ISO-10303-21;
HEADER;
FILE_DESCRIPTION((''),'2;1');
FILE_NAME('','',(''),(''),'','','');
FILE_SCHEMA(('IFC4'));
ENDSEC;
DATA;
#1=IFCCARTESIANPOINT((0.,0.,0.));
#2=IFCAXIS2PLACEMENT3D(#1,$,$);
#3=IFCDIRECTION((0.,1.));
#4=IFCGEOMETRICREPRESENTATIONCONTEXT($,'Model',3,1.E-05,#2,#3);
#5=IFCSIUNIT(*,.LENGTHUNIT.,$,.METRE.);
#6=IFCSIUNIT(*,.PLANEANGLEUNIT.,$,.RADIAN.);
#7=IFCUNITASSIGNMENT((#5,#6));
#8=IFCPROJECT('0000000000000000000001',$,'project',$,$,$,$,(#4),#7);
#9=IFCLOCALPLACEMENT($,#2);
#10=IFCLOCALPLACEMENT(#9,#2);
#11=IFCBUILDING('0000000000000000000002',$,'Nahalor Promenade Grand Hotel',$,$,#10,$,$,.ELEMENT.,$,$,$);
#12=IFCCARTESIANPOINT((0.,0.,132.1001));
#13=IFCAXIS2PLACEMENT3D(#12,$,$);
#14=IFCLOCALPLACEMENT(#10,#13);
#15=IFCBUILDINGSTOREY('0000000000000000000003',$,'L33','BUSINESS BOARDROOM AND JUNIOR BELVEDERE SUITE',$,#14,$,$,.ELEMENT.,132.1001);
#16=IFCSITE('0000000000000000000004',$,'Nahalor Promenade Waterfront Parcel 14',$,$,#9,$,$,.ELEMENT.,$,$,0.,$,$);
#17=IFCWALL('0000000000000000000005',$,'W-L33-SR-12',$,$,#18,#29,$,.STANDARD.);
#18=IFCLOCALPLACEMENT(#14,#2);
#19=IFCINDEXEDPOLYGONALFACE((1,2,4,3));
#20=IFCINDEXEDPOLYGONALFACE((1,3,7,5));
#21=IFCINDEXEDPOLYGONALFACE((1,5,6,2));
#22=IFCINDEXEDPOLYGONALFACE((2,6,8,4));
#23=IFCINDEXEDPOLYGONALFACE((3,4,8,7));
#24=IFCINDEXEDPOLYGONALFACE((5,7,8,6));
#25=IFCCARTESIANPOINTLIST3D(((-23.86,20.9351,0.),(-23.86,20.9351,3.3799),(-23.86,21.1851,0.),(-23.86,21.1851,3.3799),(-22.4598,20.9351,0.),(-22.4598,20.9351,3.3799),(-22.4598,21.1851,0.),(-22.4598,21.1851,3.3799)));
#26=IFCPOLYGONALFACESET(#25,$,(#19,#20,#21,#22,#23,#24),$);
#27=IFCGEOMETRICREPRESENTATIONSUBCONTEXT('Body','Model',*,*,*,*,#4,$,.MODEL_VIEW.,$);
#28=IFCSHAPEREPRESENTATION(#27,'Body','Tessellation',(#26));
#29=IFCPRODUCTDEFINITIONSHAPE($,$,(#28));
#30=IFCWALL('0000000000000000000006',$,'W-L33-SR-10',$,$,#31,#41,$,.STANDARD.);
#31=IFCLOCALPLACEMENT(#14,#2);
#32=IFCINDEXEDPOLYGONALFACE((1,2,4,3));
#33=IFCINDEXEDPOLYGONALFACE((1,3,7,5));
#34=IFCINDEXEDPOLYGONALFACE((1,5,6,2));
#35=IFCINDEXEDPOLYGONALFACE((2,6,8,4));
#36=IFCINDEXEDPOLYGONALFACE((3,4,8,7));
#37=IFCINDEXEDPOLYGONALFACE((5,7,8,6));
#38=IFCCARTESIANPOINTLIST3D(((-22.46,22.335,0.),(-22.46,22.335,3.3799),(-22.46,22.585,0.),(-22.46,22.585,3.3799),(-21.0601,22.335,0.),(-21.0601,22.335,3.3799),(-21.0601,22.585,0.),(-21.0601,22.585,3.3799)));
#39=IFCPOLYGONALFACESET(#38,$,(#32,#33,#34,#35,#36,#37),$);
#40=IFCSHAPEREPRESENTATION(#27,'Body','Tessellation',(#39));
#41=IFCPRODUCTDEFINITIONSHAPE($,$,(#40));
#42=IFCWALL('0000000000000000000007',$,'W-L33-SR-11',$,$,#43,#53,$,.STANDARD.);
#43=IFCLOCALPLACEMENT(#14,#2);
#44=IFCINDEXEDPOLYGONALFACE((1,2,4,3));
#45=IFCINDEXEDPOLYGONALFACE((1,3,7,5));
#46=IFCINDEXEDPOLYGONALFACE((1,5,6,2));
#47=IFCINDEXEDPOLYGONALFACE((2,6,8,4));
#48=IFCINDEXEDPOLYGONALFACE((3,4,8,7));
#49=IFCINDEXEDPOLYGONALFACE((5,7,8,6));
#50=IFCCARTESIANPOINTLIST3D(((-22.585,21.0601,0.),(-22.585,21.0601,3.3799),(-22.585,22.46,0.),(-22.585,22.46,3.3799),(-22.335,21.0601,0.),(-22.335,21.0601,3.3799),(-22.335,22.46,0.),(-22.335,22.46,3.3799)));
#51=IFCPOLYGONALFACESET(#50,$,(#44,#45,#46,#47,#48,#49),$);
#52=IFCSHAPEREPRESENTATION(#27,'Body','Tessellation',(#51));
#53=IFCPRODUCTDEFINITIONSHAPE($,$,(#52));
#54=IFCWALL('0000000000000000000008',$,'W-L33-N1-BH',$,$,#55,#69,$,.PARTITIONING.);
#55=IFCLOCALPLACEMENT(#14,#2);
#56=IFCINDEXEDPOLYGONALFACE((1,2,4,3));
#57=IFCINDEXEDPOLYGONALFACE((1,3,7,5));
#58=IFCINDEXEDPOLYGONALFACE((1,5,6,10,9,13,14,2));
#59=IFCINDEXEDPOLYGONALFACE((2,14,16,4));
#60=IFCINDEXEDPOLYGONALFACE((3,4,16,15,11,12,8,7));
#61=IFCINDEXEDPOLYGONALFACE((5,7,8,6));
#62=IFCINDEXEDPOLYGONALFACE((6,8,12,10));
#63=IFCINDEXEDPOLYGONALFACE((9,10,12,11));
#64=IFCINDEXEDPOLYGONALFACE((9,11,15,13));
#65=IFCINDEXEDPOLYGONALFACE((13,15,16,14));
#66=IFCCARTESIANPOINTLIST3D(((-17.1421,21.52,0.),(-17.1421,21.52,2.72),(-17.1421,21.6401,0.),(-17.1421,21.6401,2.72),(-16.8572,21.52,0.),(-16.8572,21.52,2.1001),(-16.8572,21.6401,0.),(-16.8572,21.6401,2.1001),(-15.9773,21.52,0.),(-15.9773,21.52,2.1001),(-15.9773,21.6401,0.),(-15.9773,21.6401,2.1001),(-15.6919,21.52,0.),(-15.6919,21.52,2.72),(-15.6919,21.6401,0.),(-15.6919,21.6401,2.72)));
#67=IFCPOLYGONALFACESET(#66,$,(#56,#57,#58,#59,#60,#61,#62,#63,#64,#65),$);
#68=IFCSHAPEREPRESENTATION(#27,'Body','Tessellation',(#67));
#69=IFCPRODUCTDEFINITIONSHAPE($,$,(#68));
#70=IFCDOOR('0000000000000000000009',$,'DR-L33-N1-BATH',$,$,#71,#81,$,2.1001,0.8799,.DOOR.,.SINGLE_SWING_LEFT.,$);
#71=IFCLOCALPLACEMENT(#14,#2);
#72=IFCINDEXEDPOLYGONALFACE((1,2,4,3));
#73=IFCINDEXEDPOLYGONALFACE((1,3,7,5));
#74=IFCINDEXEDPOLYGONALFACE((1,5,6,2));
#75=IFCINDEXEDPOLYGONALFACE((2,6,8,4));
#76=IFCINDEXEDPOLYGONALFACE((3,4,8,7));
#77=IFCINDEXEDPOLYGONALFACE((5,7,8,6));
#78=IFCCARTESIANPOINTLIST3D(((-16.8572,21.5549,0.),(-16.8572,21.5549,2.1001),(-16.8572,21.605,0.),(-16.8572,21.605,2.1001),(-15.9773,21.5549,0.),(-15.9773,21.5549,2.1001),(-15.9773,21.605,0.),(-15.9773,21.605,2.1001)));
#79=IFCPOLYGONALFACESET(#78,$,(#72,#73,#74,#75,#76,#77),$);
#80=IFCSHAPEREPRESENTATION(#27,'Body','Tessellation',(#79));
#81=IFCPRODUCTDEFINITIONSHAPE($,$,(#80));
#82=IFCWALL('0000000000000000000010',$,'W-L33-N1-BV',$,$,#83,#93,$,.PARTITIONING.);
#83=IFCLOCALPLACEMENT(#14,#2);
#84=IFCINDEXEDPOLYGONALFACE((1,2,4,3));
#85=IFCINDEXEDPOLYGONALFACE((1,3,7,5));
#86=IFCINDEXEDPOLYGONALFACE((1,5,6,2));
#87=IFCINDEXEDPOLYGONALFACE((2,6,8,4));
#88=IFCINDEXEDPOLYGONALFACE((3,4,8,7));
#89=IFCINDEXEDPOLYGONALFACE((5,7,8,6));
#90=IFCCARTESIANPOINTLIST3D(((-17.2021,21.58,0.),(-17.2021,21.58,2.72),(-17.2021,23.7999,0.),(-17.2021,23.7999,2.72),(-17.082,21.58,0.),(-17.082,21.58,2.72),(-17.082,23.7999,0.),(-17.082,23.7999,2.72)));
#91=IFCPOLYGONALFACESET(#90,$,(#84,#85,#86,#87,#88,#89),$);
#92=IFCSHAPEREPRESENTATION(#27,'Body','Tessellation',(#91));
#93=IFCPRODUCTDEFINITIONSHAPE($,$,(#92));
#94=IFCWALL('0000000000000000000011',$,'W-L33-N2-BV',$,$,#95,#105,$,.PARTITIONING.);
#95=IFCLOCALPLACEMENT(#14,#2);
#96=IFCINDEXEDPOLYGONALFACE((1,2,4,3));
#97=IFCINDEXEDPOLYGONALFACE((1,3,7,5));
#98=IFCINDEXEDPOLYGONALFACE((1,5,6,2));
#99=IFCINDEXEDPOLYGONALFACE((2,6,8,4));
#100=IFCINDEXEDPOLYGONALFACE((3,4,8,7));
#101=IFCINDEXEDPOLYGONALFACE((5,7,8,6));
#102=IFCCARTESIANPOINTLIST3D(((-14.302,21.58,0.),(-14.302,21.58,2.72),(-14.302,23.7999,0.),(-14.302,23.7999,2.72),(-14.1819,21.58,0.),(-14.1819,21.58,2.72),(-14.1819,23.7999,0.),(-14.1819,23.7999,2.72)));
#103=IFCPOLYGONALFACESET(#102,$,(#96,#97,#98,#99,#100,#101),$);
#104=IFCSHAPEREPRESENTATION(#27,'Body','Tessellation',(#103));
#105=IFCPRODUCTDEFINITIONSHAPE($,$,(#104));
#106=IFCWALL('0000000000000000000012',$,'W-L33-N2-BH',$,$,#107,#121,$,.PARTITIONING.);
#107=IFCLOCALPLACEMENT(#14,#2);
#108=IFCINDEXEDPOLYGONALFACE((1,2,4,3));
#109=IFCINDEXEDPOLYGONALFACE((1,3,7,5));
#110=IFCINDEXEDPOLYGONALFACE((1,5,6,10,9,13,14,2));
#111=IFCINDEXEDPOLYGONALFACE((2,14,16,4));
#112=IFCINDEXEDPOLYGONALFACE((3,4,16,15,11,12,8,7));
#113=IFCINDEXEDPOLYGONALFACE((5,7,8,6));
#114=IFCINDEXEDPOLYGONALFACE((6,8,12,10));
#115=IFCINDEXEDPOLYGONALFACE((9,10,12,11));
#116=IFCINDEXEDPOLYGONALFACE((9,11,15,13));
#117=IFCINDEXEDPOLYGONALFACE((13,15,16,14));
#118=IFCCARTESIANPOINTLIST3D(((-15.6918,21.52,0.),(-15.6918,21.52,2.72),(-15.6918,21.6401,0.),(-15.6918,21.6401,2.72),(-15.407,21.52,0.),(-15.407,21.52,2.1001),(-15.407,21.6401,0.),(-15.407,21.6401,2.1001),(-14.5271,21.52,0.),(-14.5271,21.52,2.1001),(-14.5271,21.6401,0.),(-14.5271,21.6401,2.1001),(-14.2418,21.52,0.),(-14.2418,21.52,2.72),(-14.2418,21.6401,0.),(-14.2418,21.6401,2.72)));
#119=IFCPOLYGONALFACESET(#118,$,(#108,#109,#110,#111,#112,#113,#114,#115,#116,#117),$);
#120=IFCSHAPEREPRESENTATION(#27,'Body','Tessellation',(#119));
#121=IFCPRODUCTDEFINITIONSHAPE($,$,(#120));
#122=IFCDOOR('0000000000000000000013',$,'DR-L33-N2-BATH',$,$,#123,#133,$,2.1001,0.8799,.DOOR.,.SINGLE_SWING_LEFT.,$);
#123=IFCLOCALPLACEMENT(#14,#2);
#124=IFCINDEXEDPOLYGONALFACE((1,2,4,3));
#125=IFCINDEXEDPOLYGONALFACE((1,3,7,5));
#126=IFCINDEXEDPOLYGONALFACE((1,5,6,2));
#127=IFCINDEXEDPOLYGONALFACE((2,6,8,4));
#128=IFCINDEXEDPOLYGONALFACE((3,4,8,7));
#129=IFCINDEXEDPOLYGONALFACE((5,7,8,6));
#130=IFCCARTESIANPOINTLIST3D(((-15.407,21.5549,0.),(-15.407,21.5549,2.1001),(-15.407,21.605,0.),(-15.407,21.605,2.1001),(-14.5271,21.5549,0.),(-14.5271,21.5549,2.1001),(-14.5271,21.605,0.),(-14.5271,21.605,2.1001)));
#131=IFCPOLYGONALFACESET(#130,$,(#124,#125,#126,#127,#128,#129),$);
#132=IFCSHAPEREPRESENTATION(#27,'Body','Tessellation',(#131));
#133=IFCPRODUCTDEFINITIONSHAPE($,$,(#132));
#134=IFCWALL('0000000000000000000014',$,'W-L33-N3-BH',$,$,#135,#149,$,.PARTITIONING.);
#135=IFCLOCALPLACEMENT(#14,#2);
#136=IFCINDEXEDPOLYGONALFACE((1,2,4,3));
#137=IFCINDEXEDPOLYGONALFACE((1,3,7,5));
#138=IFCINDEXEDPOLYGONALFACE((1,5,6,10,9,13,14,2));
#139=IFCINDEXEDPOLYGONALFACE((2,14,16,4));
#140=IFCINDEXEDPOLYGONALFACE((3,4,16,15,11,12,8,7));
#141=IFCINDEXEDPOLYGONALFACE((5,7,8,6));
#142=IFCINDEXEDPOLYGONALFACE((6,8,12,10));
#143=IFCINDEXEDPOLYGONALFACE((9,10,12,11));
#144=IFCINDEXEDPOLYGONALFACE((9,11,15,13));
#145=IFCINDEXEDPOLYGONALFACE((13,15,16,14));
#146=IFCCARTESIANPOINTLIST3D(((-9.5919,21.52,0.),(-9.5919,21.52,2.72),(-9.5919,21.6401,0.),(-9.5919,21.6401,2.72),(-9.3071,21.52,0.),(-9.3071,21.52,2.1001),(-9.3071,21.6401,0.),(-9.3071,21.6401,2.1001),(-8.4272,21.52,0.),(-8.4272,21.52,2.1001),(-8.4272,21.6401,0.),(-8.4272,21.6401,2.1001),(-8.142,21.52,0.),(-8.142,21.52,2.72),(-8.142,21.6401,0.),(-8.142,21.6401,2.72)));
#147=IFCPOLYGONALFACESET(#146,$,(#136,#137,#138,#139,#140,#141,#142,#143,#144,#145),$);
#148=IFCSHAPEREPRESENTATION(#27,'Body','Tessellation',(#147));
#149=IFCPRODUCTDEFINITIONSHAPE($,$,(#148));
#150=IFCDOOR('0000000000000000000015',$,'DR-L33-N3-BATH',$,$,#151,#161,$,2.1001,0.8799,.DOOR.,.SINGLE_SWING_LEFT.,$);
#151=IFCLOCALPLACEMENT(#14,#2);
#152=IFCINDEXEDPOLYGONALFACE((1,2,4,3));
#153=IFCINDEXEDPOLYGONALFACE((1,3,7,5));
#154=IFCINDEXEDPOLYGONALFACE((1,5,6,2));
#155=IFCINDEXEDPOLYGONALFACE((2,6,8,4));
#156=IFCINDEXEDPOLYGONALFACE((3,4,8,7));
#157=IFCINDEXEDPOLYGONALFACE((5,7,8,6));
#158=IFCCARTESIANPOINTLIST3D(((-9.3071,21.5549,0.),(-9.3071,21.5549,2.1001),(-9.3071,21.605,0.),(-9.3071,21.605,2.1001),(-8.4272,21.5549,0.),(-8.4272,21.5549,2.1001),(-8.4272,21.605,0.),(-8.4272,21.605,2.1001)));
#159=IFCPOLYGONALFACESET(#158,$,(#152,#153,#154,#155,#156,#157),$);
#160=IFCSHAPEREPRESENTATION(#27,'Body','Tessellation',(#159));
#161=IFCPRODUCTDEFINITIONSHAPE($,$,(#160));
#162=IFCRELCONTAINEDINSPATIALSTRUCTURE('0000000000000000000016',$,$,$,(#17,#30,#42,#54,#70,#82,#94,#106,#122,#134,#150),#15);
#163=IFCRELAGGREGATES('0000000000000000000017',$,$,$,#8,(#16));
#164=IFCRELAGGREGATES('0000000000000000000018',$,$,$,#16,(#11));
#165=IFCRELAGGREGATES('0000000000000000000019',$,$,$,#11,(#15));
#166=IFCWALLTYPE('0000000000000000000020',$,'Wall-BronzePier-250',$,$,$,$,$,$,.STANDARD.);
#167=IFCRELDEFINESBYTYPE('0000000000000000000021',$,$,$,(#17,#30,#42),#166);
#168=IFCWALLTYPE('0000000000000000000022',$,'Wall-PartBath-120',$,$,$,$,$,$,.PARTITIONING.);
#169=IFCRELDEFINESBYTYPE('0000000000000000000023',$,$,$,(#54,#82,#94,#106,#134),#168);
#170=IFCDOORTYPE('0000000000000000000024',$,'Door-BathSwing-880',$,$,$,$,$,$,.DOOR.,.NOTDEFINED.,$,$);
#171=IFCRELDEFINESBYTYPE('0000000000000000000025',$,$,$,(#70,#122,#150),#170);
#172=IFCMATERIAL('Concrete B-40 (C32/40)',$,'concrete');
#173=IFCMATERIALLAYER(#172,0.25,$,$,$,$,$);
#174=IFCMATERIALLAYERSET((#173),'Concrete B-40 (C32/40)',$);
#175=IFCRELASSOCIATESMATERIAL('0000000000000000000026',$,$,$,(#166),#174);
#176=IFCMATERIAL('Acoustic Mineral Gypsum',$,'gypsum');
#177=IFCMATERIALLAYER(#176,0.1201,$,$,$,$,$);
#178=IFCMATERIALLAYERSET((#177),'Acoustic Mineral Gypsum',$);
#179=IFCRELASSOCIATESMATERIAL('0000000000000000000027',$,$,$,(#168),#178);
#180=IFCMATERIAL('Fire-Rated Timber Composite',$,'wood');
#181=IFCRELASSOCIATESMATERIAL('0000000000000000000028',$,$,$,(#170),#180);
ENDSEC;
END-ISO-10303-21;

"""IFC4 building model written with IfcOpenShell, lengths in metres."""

from ifc_helpers import new_model, si_unit, direction, frame, frame_2d, origin, place, context, subcontext, project, spatial, rectangle, extrude, source, transform, mapped, material, layer, layer_set, type_object, element, fill, save


model = new_model("IFC4")

# Units and contexts
model_context = context("Model", 3, precision=1e-05, world=origin(), true_north=direction((0.0, 1.0)))
body_context = subcontext(model_context, "Body", "Model", "MODEL_VIEW")
ifc_project = project(units=[si_unit("LENGTHUNIT", "METRE"), si_unit("PLANEANGLEUNIT", "RADIAN")], contexts=[model_context])

# Site, building, storey
site_placement = place(None, origin())
site = spatial("IfcSite", under=ifc_project, at=site_placement, Name="Nahalor Promenade Waterfront Parcel 14", CompositionType="ELEMENT", RefElevation=0.0)
building_placement = place(site_placement, origin())
building = spatial("IfcBuilding", under=site, at=building_placement, Name="Nahalor Promenade Grand Hotel", CompositionType="ELEMENT")
storey_placement = place(building_placement, frame((0.0, 0.0, 132.1001)))
storey = spatial("IfcBuildingStorey", under=building, at=storey_placement, Name="L33", Description="BUSINESS BOARDROOM AND JUNIOR BELVEDERE SUITE", CompositionType="ELEMENT", Elevation=132.1001)

# Walls
ifc_material_1 = material(Name="Concrete B-40 (C32/40)", Category="concrete")
ifc_layer_1 = layer(ifc_material_1, 0.25)
ifc_layer_set_1 = layer_set([ifc_layer_1], Name="Concrete B-40 (C32/40)")
wall_type_1 = type_object("IfcWallType", Name="Wall-BronzePier-250", PredefinedType="STANDARD", material=ifc_layer_set_1)
shared_shape_1 = source(origin(), body_context, "Body", "SweptSolid", [
    extrude(rectangle(XDim=1.4001, YDim=0.25, at=frame_2d((0.7002, 0.0))), origin(), (0.0, 0.0, 1.0), 3.3799),
])
for number, where, z_axis, x_axis, name in (
    (1, (-23.8601, 21.0601, 0.0), (0.0, 0.0, 1.0), (1.0, 0.0, 0.0), "W-L33-SR-12"),
):
    element("IfcWall", number, at=place(storey_placement, frame(where, z_axis=z_axis, x_axis=x_axis)), inside=storey, type_object=wall_type_1, Name=name, PredefinedType="STANDARD", context=body_context, shape_type="MappedRepresentation", body=[
        mapped(shared_shape_1, transform((0.0, 0.0, 0.0), scale=1.0)),
    ])
shared_shape_2 = source(origin(), body_context, "Body", "SweptSolid", [
    extrude(rectangle(XDim=1.3999, YDim=0.25, at=frame_2d((0.7, 0.0))), origin(), (0.0, 0.0, 1.0), 3.3799),
])
for number, where, z_axis, x_axis, name in (
    (2, (-22.46, 22.46, 0.0), (0.0, 0.0, 1.0), (1.0, 0.0, 0.0), "W-L33-SR-10"),
    (3, (-22.46, 21.0601, 0.0), (0.0, 0.0, 1.0), (0.0, 1.0, 0.0), "W-L33-SR-11"),
):
    element("IfcWall", number, at=place(storey_placement, frame(where, z_axis=z_axis, x_axis=x_axis)), inside=storey, type_object=wall_type_1, Name=name, PredefinedType="STANDARD", context=body_context, shape_type="MappedRepresentation", body=[
        mapped(shared_shape_2, transform((0.0, 0.0, 0.0), scale=1.0)),
    ])

# Wall, opening, door
ifc_material_2 = material(Name="Acoustic Mineral Gypsum", Category="gypsum")
ifc_layer_2 = layer(ifc_material_2, 0.1201)
ifc_layer_set_2 = layer_set([ifc_layer_2], Name="Acoustic Mineral Gypsum")
wall_type_2 = type_object("IfcWallType", Name="Wall-PartBath-120", PredefinedType="PARTITIONING", material=ifc_layer_set_2)
shared_shape_3 = source(origin(), body_context, "Body", "SweptSolid", [
    extrude(rectangle(XDim=1.4502, YDim=0.1201, at=frame_2d((0.7251, 0.0))), origin(), (0.0, 0.0, 1.0), 2.72),
])
wall_1_placement = place(storey_placement, frame((-17.1421, 21.5801, 0.0), z_axis=(0.0, 0.0, 1.0), x_axis=(1.0, 0.0, 0.0)))
wall_1 = element("IfcWall", 4, at=wall_1_placement, inside=storey, type_object=wall_type_2, Name="W-L33-N1-BH", PredefinedType="PARTITIONING", context=body_context, shape_type="MappedRepresentation", body=[
    mapped(shared_shape_3, transform((0.0, 0.0, 0.0), scale=1.0)),
])
opening_1_placement = place(wall_1_placement, frame((0.2849, 0.0, 0.0)))
opening_1 = element("IfcOpeningElement", 5, at=opening_1_placement, cuts=wall_1, PredefinedType="OPENING", context=body_context, shape_type="SweptSolid", body=[
    extrude(rectangle(XDim=0.8799, YDim=2.1001, at=frame_2d((0.4399, 1.05))), frame((0.0, 0.0701, 0.0), z_axis=(0.0, -1.0, 0.0), x_axis=(1.0, 0.0, 0.0)), (0.0, 0.0, 1.0), 0.1401),
])
ifc_material_3 = material(Name="Fire-Rated Timber Composite", Category="wood")
door_type = type_object("IfcDoorType", Name="Door-BathSwing-880", OperationType="NOTDEFINED", PredefinedType="DOOR", material=ifc_material_3)
shared_shape_4 = source(origin(), body_context, "Body", "SweptSolid", [
    extrude(rectangle(XDim=0.8799, YDim=2.1001, at=frame_2d((0.4399, 1.05))), frame((0.0, 0.0249, 0.0), z_axis=(0.0, -1.0, 0.0), x_axis=(1.0, 0.0, 0.0)), (0.0, 0.0, 1.0), 0.05),
])
door_1_placement = place(opening_1_placement, origin())
door_1 = element("IfcDoor", 6, at=door_1_placement, inside=storey, type_object=door_type, Name="DR-L33-N1-BATH", OperationType="SINGLE_SWING_LEFT", OverallHeight=2.1001, OverallWidth=0.8799, PredefinedType="DOOR", context=body_context, shape_type="MappedRepresentation", body=[
    mapped(shared_shape_4, transform((0.0, 0.0, 0.0), scale=1.0)),
])
fill(opening_1, door_1)

# Walls
shared_shape_5 = source(origin(), body_context, "Body", "SweptSolid", [
    extrude(rectangle(XDim=2.22, YDim=0.1201, at=frame_2d((1.1099, 0.0))), origin(), (0.0, 0.0, 1.0), 2.72),
])
for number, where, z_axis, x_axis, name in (
    (7, (-17.1421, 21.5801, 0.0), (0.0, 0.0, 1.0), (0.0, 1.0, 0.0), "W-L33-N1-BV"),
    (8, (-14.2419, 21.5801, 0.0), (0.0, 0.0, 1.0), (0.0, 1.0, 0.0), "W-L33-N2-BV"),
):
    element("IfcWall", number, at=place(storey_placement, frame(where, z_axis=z_axis, x_axis=x_axis)), inside=storey, type_object=wall_type_2, Name=name, PredefinedType="PARTITIONING", context=body_context, shape_type="MappedRepresentation", body=[
        mapped(shared_shape_5, transform((0.0, 0.0, 0.0), scale=1.0)),
    ])

# Walls, openings, doors
shared_shape_6 = source(origin(), body_context, "Body", "SweptSolid", [
    extrude(rectangle(XDim=1.45, YDim=0.1201, at=frame_2d((0.7251, 0.0))), origin(), (0.0, 0.0, 1.0), 2.72),
])
wall_2_placement = place(storey_placement, frame((-15.6919, 21.5801, 0.0), z_axis=(0.0, 0.0, 1.0), x_axis=(1.0, 0.0, 0.0)))
wall_2 = element("IfcWall", 9, at=wall_2_placement, inside=storey, type_object=wall_type_2, Name="W-L33-N2-BH", PredefinedType="PARTITIONING", context=body_context, shape_type="MappedRepresentation", body=[
    mapped(shared_shape_6, transform((0.0, 0.0, 0.0), scale=1.0)),
])
opening_2_placement = place(wall_2_placement, frame((0.2849, 0.0, 0.0)))
opening_2 = element("IfcOpeningElement", 10, at=opening_2_placement, cuts=wall_2, PredefinedType="OPENING", context=body_context, shape_type="SweptSolid", body=[
    extrude(rectangle(XDim=0.8799, YDim=2.1001, at=frame_2d((0.4399, 1.05))), frame((0.0, 0.0701, 0.0), z_axis=(0.0, -1.0, 0.0), x_axis=(1.0, 0.0, 0.0)), (0.0, 0.0, 1.0), 0.1401),
])
door_2_placement = place(opening_2_placement, origin())
door_2 = element("IfcDoor", 11, at=door_2_placement, inside=storey, type_object=door_type, Name="DR-L33-N2-BATH", OperationType="SINGLE_SWING_LEFT", OverallHeight=2.1001, OverallWidth=0.8799, PredefinedType="DOOR", context=body_context, shape_type="MappedRepresentation", body=[
    mapped(shared_shape_4, transform((0.0, 0.0, 0.0), scale=1.0)),
])
fill(opening_2, door_2)
wall_3_placement = place(storey_placement, frame((-9.592, 21.5801, 0.0), z_axis=(0.0, 0.0, 1.0), x_axis=(1.0, 0.0, 0.0)))
wall_3 = element("IfcWall", 12, at=wall_3_placement, inside=storey, type_object=wall_type_2, Name="W-L33-N3-BH", PredefinedType="PARTITIONING", context=body_context, shape_type="MappedRepresentation", body=[
    mapped(shared_shape_6, transform((0.0, 0.0, 0.0), scale=1.0)),
])
opening_3_placement = place(wall_3_placement, frame((0.2849, 0.0, 0.0)))
opening_3 = element("IfcOpeningElement", 13, at=opening_3_placement, cuts=wall_3, PredefinedType="OPENING", context=body_context, shape_type="SweptSolid", body=[
    extrude(rectangle(XDim=0.8799, YDim=2.1001, at=frame_2d((0.4399, 1.05))), frame((0.0, 0.0701, 0.0), z_axis=(0.0, -1.0, 0.0), x_axis=(1.0, 0.0, 0.0)), (0.0, 0.0, 1.0), 0.1401),
])
door_3_placement = place(opening_3_placement, origin())
door_3 = element("IfcDoor", 14, at=door_3_placement, inside=storey, type_object=door_type, Name="DR-L33-N3-BATH", OperationType="SINGLE_SWING_LEFT", OverallHeight=2.1001, OverallWidth=0.8799, PredefinedType="DOOR", context=body_context, shape_type="MappedRepresentation", body=[
    mapped(shared_shape_4, transform((0.0, 0.0, 0.0), scale=1.0)),
])
fill(opening_3, door_3)

save(model, "model.ifc")
